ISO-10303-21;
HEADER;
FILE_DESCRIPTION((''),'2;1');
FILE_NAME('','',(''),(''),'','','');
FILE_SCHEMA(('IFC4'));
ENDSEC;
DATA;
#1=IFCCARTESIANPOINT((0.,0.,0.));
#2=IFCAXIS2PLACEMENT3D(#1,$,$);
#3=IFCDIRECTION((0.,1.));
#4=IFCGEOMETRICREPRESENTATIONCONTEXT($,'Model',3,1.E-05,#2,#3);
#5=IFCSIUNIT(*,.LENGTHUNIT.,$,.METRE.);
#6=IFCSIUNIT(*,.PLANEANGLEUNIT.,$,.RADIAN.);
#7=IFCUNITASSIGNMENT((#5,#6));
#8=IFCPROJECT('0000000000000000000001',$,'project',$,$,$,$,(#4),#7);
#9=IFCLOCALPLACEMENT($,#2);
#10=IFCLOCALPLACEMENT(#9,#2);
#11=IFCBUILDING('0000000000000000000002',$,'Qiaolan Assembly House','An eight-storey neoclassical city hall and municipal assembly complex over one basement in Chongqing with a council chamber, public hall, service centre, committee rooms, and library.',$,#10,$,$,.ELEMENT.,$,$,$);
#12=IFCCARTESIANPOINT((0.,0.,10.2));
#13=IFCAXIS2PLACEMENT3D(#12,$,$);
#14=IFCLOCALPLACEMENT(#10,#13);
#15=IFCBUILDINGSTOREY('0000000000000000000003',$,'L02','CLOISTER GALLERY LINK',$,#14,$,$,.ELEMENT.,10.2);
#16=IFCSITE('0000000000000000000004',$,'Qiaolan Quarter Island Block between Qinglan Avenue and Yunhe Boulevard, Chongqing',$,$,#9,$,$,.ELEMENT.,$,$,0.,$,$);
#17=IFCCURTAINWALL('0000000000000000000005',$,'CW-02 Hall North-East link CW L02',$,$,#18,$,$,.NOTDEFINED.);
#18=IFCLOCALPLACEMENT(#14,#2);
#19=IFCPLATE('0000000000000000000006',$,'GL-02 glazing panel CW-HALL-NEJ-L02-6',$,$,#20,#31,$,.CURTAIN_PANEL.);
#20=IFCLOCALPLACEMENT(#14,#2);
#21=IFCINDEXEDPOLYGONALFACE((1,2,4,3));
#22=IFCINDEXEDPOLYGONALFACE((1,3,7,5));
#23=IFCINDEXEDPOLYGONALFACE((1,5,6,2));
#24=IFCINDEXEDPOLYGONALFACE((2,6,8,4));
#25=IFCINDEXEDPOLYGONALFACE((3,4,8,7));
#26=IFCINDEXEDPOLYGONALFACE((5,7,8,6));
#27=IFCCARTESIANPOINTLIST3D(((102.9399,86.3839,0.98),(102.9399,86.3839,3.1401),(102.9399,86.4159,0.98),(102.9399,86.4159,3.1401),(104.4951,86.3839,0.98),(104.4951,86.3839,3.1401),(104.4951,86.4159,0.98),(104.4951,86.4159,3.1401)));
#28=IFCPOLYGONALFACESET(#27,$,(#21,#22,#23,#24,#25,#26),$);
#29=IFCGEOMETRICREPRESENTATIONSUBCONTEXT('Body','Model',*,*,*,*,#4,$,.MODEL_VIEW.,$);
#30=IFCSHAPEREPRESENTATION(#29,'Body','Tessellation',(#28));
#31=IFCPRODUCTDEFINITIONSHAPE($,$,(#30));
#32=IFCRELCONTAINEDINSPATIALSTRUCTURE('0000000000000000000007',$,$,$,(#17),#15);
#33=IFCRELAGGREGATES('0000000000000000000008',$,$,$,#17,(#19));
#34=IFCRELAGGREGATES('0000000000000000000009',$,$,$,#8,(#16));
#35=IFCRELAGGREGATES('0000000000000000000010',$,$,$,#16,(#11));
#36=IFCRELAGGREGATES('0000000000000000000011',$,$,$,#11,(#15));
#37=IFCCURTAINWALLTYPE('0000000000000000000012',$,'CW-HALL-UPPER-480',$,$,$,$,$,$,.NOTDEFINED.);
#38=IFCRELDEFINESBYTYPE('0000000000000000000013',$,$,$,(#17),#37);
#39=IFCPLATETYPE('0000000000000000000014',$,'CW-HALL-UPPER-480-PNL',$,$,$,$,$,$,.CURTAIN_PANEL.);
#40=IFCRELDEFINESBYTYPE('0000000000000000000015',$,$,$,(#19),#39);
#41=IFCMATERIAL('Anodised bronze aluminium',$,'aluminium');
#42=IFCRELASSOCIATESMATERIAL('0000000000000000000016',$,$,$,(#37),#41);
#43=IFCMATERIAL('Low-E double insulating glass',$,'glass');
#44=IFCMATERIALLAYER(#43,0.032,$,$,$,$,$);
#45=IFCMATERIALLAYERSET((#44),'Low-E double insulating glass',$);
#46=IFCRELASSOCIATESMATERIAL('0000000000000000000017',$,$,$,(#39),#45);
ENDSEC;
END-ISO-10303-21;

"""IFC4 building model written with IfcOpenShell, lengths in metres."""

from ifc_helpers import new_model, si_unit, direction, frame, frame_2d, origin, place, context, subcontext, project, spatial, rectangle, extrude, material, layer, layer_set, type_object, element, aggregate, save


model = new_model("IFC4")

# Units and contexts
model_context = context("Model", 3, precision=1e-05, world=origin(), true_north=direction((0.0, 1.0)))
body_context = subcontext(model_context, "Body", "Model", "MODEL_VIEW")
ifc_project = project(units=[si_unit("LENGTHUNIT", "METRE"), si_unit("PLANEANGLEUNIT", "RADIAN")], contexts=[model_context])

# Site, building, storey
site_placement = place(None, origin())
site = spatial("IfcSite", under=ifc_project, at=site_placement, Name="Qiaolan Quarter Island Block between Qinglan Avenue and Yunhe Boulevard, Chongqing", CompositionType="ELEMENT", RefElevation=0.0)
building_placement = place(site_placement, origin())
building = spatial("IfcBuilding", under=site, at=building_placement, Name="Qiaolan Assembly House", Description="An eight-storey neoclassical city hall and municipal assembly complex over one basement in Chongqing with a council chamber, public hall, service centre, committee rooms, and library.", CompositionType="ELEMENT")
storey_placement = place(building_placement, frame((0.0, 0.0, 10.2)))
storey = spatial("IfcBuildingStorey", under=building, at=storey_placement, Name="L02", Description="CLOISTER GALLERY LINK", CompositionType="ELEMENT", Elevation=10.2)

# Curtain wall
ifc_material_1 = material(Name="Anodised bronze aluminium", Category="aluminium")
curtain_wall_type = type_object("IfcCurtainWallType", Name="CW-HALL-UPPER-480", PredefinedType="NOTDEFINED", material=ifc_material_1)
curtain_wall_placement = place(storey_placement, origin())
curtain_wall = element("IfcCurtainWall", 1, at=curtain_wall_placement, inside=storey, type_object=curtain_wall_type, Name="CW-02 Hall North-East link CW L02", PredefinedType="NOTDEFINED")

# Plate
ifc_material_2 = material(Name="Low-E double insulating glass", Category="glass")
ifc_layer = layer(ifc_material_2, 0.032)
ifc_layer_set = layer_set([ifc_layer], Name="Low-E double insulating glass")
plate_type = type_object("IfcPlateType", Name="CW-HALL-UPPER-480-PNL", PredefinedType="CURTAIN_PANEL", material=ifc_layer_set)
plate_1_placement = place(storey_placement, frame((104.4951, 86.3999, 0.98), z_axis=(0.0, 0.0, 1.0), x_axis=(-1.0, 0.0, 0.0)))
plate_1 = element("IfcPlate", 2, at=plate_1_placement, type_object=plate_type, Name="GL-02 glazing panel CW-HALL-NEJ-L02-6", PredefinedType="CURTAIN_PANEL", context=body_context, shape_type="SweptSolid", body=[
    extrude(rectangle(XDim=1.5552, YDim=0.032, at=frame_2d((0.7776, 0.0))), origin(), (0.0, 0.0, 1.0), 2.1602),
])
aggregate(curtain_wall, [plate_1])

save(model, "model.ifc")
